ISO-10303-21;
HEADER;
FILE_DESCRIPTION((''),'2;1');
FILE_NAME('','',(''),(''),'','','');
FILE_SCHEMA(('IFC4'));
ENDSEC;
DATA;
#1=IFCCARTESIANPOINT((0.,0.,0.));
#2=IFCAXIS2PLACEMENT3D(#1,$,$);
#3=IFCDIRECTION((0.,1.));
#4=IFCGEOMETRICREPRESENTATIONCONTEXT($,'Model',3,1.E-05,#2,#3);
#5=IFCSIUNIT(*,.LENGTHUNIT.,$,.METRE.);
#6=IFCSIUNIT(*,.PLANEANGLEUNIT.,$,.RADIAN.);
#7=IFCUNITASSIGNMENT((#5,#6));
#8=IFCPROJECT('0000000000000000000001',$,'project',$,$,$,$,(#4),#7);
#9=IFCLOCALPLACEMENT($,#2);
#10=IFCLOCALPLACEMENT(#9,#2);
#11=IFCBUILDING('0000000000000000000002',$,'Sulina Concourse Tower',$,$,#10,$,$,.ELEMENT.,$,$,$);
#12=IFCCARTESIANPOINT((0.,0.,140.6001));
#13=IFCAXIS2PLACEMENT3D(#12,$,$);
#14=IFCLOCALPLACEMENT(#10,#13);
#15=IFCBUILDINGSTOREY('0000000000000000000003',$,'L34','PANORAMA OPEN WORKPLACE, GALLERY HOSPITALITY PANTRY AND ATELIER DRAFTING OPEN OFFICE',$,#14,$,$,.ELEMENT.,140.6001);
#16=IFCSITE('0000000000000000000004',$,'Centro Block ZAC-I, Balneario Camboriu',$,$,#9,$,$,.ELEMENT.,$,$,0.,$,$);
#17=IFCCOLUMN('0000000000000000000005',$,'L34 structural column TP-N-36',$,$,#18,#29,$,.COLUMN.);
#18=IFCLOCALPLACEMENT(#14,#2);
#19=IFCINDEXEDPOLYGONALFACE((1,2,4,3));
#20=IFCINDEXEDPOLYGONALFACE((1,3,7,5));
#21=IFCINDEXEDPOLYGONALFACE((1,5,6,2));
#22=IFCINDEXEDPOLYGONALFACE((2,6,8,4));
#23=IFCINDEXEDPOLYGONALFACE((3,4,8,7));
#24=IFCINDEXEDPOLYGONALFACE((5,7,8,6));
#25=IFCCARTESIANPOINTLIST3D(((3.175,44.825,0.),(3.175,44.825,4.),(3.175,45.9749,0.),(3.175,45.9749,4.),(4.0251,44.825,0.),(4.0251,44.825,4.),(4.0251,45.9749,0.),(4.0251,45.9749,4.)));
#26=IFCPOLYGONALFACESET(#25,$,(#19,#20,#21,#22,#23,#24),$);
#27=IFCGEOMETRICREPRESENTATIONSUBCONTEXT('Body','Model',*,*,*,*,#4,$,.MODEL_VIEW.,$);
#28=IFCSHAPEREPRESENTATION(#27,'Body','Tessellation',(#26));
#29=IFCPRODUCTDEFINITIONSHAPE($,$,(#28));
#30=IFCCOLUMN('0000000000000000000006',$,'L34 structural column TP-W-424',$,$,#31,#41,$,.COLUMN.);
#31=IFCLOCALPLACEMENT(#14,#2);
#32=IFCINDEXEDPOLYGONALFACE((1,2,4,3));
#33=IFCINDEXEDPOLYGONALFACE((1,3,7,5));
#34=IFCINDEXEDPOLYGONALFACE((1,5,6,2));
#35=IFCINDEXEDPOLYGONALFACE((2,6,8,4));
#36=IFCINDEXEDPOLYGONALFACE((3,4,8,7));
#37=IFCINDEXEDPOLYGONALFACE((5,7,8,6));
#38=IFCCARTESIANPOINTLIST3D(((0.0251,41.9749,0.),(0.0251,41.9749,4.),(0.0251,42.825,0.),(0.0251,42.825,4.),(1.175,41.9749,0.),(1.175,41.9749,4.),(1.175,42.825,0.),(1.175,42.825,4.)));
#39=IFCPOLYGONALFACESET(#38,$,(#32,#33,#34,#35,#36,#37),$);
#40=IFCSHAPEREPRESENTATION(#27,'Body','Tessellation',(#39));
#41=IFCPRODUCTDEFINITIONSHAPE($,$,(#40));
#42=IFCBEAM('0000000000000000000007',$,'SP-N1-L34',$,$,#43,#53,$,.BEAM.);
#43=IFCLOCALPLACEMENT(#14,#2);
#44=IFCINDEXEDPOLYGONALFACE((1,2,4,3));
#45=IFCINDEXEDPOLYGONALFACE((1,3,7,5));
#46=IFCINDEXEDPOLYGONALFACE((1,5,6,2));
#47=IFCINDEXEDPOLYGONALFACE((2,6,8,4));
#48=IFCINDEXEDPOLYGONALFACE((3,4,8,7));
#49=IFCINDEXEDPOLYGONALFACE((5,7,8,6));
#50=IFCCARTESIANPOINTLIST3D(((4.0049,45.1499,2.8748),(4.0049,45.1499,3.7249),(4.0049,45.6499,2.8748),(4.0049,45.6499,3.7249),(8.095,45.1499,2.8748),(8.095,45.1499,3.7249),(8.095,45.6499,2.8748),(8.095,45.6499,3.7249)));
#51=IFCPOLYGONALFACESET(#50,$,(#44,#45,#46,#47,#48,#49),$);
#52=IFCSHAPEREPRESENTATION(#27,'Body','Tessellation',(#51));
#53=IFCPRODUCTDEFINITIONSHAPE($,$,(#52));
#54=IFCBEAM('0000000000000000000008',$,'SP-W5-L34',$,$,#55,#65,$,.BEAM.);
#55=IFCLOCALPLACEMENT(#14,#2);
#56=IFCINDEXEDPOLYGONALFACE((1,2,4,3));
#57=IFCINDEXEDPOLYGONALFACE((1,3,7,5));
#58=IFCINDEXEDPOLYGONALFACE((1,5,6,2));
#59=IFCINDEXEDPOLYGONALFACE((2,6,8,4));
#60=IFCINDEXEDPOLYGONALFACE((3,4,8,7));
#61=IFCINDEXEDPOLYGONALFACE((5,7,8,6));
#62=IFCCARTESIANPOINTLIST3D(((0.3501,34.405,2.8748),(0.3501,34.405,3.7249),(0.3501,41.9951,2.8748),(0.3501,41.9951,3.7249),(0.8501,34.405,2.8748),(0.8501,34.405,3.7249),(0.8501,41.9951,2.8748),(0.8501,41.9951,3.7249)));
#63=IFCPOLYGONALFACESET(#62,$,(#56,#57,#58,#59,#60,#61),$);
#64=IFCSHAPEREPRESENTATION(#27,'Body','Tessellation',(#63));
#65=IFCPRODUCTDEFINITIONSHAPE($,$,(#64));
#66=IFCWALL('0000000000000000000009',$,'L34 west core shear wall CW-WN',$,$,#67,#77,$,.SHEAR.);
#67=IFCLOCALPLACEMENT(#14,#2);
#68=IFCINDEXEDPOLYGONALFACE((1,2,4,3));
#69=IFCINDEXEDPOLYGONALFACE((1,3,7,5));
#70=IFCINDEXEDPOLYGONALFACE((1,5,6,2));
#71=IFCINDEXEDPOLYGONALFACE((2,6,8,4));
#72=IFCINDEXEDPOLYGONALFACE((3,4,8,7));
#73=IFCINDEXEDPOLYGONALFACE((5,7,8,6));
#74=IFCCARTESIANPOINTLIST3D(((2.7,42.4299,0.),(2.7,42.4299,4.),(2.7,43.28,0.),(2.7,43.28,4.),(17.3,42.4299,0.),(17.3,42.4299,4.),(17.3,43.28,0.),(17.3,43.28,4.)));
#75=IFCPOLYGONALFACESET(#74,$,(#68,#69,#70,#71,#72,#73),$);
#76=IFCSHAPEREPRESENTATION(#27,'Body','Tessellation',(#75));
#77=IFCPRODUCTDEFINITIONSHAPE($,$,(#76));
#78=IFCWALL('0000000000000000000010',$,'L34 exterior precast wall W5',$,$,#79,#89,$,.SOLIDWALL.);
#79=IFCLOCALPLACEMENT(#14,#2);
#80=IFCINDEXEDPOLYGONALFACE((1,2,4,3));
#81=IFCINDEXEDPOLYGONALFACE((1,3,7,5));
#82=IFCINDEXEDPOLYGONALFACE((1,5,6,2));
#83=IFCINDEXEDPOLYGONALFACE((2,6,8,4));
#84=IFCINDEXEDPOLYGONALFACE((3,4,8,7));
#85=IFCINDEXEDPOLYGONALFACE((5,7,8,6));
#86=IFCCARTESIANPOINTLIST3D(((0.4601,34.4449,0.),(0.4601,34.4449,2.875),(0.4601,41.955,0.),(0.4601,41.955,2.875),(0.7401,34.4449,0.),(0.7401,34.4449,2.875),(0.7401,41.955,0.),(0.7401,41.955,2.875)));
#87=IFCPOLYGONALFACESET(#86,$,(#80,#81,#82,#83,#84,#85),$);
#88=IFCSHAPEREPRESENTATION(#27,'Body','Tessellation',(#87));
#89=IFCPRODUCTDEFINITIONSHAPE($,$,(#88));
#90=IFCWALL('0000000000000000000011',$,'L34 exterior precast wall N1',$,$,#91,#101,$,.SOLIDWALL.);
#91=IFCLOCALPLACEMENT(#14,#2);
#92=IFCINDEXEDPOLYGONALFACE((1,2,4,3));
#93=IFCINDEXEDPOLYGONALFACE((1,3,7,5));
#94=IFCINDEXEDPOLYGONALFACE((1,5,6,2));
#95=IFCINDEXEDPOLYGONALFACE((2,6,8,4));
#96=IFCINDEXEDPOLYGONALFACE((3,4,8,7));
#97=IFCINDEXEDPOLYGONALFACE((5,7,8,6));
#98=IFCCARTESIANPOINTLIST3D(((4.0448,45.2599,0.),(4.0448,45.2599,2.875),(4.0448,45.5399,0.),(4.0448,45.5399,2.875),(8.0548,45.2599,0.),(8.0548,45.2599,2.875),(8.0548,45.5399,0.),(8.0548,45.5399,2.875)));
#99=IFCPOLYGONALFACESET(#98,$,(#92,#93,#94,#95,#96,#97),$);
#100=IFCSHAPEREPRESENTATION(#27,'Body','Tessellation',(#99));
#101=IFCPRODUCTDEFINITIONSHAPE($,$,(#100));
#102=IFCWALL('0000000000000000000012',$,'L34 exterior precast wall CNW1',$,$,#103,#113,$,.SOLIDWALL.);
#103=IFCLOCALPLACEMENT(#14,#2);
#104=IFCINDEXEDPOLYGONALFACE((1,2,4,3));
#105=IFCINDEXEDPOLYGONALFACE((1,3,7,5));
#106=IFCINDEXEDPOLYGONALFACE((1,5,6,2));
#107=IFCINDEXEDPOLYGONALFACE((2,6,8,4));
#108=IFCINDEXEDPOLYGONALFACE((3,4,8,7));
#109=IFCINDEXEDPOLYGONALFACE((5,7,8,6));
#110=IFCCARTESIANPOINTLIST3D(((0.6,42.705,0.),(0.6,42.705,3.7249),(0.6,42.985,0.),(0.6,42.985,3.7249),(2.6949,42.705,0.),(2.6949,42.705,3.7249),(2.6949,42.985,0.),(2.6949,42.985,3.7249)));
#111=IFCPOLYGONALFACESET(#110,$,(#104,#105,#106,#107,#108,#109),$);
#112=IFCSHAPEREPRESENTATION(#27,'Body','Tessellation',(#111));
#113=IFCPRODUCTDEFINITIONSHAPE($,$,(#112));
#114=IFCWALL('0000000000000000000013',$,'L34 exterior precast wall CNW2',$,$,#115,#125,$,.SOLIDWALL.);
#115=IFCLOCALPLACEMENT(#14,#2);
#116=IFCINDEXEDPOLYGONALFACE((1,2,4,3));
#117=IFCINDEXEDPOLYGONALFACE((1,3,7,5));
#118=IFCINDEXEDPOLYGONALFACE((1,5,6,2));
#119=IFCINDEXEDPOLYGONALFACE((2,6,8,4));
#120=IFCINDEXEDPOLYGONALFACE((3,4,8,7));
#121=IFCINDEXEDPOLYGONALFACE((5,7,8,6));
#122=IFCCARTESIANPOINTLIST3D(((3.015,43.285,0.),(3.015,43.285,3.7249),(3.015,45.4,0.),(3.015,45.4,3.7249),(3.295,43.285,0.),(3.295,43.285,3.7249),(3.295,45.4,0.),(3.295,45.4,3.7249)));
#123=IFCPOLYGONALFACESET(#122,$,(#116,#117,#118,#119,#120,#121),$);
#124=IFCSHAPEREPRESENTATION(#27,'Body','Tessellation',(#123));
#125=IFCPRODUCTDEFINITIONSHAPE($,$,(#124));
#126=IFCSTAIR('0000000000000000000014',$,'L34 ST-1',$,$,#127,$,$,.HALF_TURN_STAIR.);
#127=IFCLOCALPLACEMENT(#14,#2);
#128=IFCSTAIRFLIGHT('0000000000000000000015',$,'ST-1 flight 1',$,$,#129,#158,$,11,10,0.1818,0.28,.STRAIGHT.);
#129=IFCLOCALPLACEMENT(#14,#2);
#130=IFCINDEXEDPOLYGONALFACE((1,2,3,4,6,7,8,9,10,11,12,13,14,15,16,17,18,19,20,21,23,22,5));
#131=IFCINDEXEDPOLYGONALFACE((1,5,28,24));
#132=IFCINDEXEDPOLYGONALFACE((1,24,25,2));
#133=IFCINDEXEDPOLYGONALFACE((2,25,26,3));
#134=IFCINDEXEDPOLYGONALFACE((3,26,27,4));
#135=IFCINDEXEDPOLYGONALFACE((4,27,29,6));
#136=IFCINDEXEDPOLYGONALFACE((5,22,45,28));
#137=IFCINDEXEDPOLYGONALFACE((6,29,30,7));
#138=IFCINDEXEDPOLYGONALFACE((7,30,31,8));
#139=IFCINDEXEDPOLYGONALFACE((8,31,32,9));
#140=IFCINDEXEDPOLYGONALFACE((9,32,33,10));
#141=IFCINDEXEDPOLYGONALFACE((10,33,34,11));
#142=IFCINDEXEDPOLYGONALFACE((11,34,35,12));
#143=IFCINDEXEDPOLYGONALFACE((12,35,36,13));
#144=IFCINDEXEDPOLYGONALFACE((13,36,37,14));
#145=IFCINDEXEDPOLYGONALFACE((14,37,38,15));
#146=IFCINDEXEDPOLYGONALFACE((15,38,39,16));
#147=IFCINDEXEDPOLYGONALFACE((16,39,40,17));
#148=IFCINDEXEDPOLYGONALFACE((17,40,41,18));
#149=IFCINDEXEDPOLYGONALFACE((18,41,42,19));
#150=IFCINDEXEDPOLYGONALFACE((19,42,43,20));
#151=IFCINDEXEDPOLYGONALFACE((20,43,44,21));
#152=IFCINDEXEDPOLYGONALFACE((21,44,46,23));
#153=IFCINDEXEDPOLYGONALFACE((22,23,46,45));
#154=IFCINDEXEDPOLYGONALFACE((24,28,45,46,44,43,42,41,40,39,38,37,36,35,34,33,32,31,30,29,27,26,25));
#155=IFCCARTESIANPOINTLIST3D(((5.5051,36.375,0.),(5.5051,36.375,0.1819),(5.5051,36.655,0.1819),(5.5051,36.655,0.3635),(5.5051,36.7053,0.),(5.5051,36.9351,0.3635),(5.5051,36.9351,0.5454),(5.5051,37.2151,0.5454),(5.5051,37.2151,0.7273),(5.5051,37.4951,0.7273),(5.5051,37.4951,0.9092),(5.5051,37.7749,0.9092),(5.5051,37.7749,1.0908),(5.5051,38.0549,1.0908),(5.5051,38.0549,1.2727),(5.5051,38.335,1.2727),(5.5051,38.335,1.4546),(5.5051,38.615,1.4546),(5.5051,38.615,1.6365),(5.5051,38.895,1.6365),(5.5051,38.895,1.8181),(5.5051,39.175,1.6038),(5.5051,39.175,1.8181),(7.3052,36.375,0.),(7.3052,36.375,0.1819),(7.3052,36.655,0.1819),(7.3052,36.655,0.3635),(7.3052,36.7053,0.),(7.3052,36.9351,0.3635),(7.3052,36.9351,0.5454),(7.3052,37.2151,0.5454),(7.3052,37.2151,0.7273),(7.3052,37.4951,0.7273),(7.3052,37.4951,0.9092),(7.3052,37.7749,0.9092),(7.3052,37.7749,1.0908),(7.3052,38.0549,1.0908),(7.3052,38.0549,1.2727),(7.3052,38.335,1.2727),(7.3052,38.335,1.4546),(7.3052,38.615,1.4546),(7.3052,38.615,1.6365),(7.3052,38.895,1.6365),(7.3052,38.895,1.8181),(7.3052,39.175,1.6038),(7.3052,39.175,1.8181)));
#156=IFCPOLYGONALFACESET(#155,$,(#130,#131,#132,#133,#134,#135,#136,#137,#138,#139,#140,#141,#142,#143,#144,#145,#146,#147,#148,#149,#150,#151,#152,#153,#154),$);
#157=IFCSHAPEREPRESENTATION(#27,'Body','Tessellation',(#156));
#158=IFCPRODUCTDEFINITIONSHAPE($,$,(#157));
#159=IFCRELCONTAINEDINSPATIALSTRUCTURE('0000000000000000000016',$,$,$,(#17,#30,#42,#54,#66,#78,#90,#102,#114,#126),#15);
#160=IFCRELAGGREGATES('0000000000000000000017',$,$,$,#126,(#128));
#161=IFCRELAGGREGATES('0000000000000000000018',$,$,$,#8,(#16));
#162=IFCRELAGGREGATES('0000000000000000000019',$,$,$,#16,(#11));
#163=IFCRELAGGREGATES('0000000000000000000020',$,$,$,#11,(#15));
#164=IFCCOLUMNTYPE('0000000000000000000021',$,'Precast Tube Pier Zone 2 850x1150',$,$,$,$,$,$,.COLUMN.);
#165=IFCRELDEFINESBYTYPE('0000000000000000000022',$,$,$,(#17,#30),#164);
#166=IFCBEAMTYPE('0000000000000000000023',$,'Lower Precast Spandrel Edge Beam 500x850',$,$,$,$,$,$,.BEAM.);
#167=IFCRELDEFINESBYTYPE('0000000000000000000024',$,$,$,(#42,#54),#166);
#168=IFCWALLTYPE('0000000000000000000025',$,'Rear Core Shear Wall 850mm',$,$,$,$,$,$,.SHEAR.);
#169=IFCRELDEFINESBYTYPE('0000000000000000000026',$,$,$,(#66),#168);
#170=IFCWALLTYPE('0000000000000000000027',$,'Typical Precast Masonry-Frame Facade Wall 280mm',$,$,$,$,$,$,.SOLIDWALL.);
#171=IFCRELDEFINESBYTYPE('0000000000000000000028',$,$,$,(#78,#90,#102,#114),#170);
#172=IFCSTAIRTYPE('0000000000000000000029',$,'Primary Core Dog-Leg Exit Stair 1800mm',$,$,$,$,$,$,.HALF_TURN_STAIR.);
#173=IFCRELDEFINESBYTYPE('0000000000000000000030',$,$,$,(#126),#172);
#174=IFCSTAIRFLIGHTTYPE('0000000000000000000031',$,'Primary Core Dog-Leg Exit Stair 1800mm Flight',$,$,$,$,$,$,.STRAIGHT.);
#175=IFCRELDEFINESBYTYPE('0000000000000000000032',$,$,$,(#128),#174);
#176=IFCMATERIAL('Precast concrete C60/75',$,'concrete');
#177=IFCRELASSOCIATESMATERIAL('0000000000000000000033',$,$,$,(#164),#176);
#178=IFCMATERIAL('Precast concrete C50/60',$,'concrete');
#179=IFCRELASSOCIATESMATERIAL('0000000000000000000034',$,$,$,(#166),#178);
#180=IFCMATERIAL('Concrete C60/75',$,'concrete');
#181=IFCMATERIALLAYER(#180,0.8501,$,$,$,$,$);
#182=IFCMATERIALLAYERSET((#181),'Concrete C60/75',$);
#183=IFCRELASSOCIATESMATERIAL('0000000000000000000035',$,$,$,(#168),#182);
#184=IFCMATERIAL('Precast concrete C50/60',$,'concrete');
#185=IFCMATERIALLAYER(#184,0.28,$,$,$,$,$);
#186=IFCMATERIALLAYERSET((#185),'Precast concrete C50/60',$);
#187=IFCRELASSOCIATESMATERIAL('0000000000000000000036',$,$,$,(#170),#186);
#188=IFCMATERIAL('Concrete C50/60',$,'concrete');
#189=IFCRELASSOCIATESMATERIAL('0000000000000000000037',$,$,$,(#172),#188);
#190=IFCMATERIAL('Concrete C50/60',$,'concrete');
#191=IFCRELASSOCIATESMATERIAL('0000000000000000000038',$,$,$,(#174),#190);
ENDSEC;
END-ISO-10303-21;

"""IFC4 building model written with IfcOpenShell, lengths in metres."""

from ifc_helpers import new_model, si_unit, direction, frame, frame_2d, origin, origin_2d, place, context, subcontext, project, spatial, polyline, rectangle, outline, extrude, material, layer, layer_set, material_profile, profile_set, type_object, element, aggregate, save


model = new_model("IFC4")

# Units and contexts
model_context = context("Model", 3, precision=1e-05, world=origin(), true_north=direction((0.0, 1.0)))
body_context = subcontext(model_context, "Body", "Model", "MODEL_VIEW")
ifc_project = project(units=[si_unit("LENGTHUNIT", "METRE"), si_unit("PLANEANGLEUNIT", "RADIAN")], contexts=[model_context])

# Site, building, storey
site_placement = place(None, origin())
site = spatial("IfcSite", under=ifc_project, at=site_placement, Name="Centro Block ZAC-I, Balneario Camboriu", CompositionType="ELEMENT", RefElevation=0.0)
building_placement = place(site_placement, origin())
building = spatial("IfcBuilding", under=site, at=building_placement, Name="Sulina Concourse Tower", CompositionType="ELEMENT")
storey_placement = place(building_placement, frame((0.0, 0.0, 140.6001)))
storey = spatial("IfcBuildingStorey", under=building, at=storey_placement, Name="L34", Description="PANORAMA OPEN WORKPLACE, GALLERY HOSPITALITY PANTRY AND ATELIER DRAFTING OPEN OFFICE", CompositionType="ELEMENT", Elevation=140.6001)

# Columns
ifc_material_1 = material(Name="Precast concrete C60/75", Category="concrete")
ifc_material_profile_1 = material_profile(ifc_material_1, rectangle(XDim=0.8501, YDim=1.1499, at=origin_2d()), Name="PC 850x1150")
ifc_profile_set_1 = profile_set([ifc_material_profile_1], Name="Precast concrete C60/75")
column_type = type_object("IfcColumnType", Name="Precast Tube Pier Zone 2 850x1150", PredefinedType="COLUMN", material=ifc_profile_set_1)
for number, where, z_axis, x_axis, name in (
    (1, (3.6001, 45.3999, 0.0), (0.0, 0.0, 1.0), (1.0, 0.0, 0.0), "L34 structural column TP-N-36"),
    (2, (0.6001, 42.3999, 0.0), (0.0, 0.0, 1.0), (0.0, 1.0, 0.0), "L34 structural column TP-W-424"),
):
    element("IfcColumn", number, at=place(storey_placement, frame(where, z_axis=z_axis, x_axis=x_axis)), inside=storey, type_object=column_type, Name=name, PredefinedType="COLUMN", context=body_context, shape_type="SweptSolid", body=[
        extrude(rectangle(XDim=0.8501, YDim=1.1499, at=origin_2d()), origin(), (0.0, 0.0, 1.0), 4.0),
    ])

# Beams
ifc_material_2 = material(Name="Precast concrete C50/60", Category="concrete")
ifc_material_profile_2 = material_profile(ifc_material_2, rectangle(XDim=0.5, YDim=0.8501, at=origin_2d()), Name="RC 500x850")
ifc_profile_set_2 = profile_set([ifc_material_profile_2], Name="Precast concrete C50/60")
beam_type = type_object("IfcBeamType", Name="Lower Precast Spandrel Edge Beam 500x850", PredefinedType="BEAM", material=ifc_profile_set_2)
beam_1_placement = place(storey_placement, frame((4.0049, 45.3999, 3.2998), z_axis=(1.0, 0.0, 0.0), x_axis=(0.0, 1.0, 0.0)))
element("IfcBeam", 3, at=beam_1_placement, inside=storey, type_object=beam_type, Name="SP-N1-L34", PredefinedType="BEAM", context=body_context, shape_type="SweptSolid", body=[
    extrude(rectangle(XDim=0.5, YDim=0.8501, at=origin_2d()), origin(), (0.0, 0.0, 1.0), 4.0901),
])
beam_2_placement = place(storey_placement, frame((0.6001, 34.405, 3.2998), z_axis=(0.0, 1.0, 0.0), x_axis=(-1.0, 0.0, 0.0)))
element("IfcBeam", 4, at=beam_2_placement, inside=storey, type_object=beam_type, Name="SP-W5-L34", PredefinedType="BEAM", context=body_context, shape_type="SweptSolid", body=[
    extrude(rectangle(XDim=0.5, YDim=0.8501, at=origin_2d()), origin(), (0.0, 0.0, 1.0), 7.5901),
])

# Walls
ifc_material_3 = material(Name="Concrete C60/75", Category="concrete")
ifc_layer_1 = layer(ifc_material_3, 0.8501)
ifc_layer_set_1 = layer_set([ifc_layer_1], Name="Concrete C60/75")
wall_type_1 = type_object("IfcWallType", Name="Rear Core Shear Wall 850mm", PredefinedType="SHEAR", material=ifc_layer_set_1)
wall_1_placement = place(storey_placement, frame((2.7, 42.855, 0.0), z_axis=(0.0, 0.0, 1.0), x_axis=(1.0, 0.0, 0.0)))
element("IfcWall", 5, at=wall_1_placement, inside=storey, type_object=wall_type_1, Name="L34 west core shear wall CW-WN", PredefinedType="SHEAR", context=body_context, shape_type="SweptSolid", body=[
    extrude(rectangle(XDim=14.6001, YDim=0.8501, at=frame_2d((7.3, 0.0))), origin(), (0.0, 0.0, 1.0), 4.0),
])
ifc_material_4 = material(Name="Precast concrete C50/60", Category="concrete")
ifc_layer_2 = layer(ifc_material_4, 0.28)
ifc_layer_set_2 = layer_set([ifc_layer_2], Name="Precast concrete C50/60")
wall_type_2 = type_object("IfcWallType", Name="Typical Precast Masonry-Frame Facade Wall 280mm", PredefinedType="SOLIDWALL", material=ifc_layer_set_2)
wall_2_placement = place(storey_placement, frame((0.6001, 34.4451, 0.0), z_axis=(0.0, 0.0, 1.0), x_axis=(0.0, 1.0, 0.0)))
element("IfcWall", 6, at=wall_2_placement, inside=storey, type_object=wall_type_2, Name="L34 exterior precast wall W5", PredefinedType="SOLIDWALL", context=body_context, shape_type="SweptSolid", body=[
    extrude(rectangle(XDim=7.51, YDim=0.28, at=frame_2d((3.7549, 0.0))), origin(), (0.0, 0.0, 1.0), 2.875),
])
wall_3_placement = place(storey_placement, frame((4.0449, 45.3999, 0.0), z_axis=(0.0, 0.0, 1.0), x_axis=(1.0, 0.0, 0.0)))
element("IfcWall", 7, at=wall_3_placement, inside=storey, type_object=wall_type_2, Name="L34 exterior precast wall N1", PredefinedType="SOLIDWALL", context=body_context, shape_type="SweptSolid", body=[
    extrude(rectangle(XDim=4.01, YDim=0.28, at=frame_2d((2.0049, 0.0))), origin(), (0.0, 0.0, 1.0), 2.875),
])
wall_4_placement = place(storey_placement, frame((0.6001, 42.845, 0.0), z_axis=(0.0, 0.0, 1.0), x_axis=(1.0, 0.0, 0.0)))
element("IfcWall", 8, at=wall_4_placement, inside=storey, type_object=wall_type_2, Name="L34 exterior precast wall CNW1", PredefinedType="SOLIDWALL", context=body_context, shape_type="SweptSolid", body=[
    extrude(rectangle(XDim=2.095, YDim=0.28, at=frame_2d((1.0474, 0.0))), origin(), (0.0, 0.0, 1.0), 3.7249),
])
wall_5_placement = place(storey_placement, frame((3.155, 43.2849, 0.0), z_axis=(0.0, 0.0, 1.0), x_axis=(0.0, 1.0, 0.0)))
element("IfcWall", 9, at=wall_5_placement, inside=storey, type_object=wall_type_2, Name="L34 exterior precast wall CNW2", PredefinedType="SOLIDWALL", context=body_context, shape_type="SweptSolid", body=[
    extrude(rectangle(XDim=2.115, YDim=0.28, at=frame_2d((1.0576, 0.0))), origin(), (0.0, 0.0, 1.0), 3.7249),
])

# Stair, stair flight
ifc_material_5 = material(Name="Concrete C50/60", Category="concrete")
stair_type = type_object("IfcStairType", Name="Primary Core Dog-Leg Exit Stair 1800mm", PredefinedType="HALF_TURN_STAIR", material=ifc_material_5)
stair_placement = place(storey_placement, origin())
stair = element("IfcStair", 10, at=stair_placement, inside=storey, type_object=stair_type, Name="L34 ST-1", PredefinedType="HALF_TURN_STAIR")
ifc_material_6 = material(Name="Concrete C50/60", Category="concrete")
stair_flight_type = type_object("IfcStairFlightType", Name="Primary Core Dog-Leg Exit Stair 1800mm Flight", PredefinedType="STRAIGHT", material=ifc_material_6)
stair_flight_1_placement = place(storey_placement, frame((6.405, 36.375, 0.0), z_axis=(0.0, 0.0, 1.0), x_axis=(0.0, 1.0, 0.0)))
stair_flight_1 = element("IfcStairFlight", 11, at=stair_flight_1_placement, type_object=stair_flight_type, Name="ST-1 flight 1", NumberOfRisers=11, NumberOfTreads=10, PredefinedType="STRAIGHT", RiserHeight=0.1818, TreadLength=0.28, context=body_context, shape_type="SweptSolid", body=[
    extrude(outline(polyline([(0.0, 0.0), (0.0, 0.1819), (0.28, 0.1819), (0.28, 0.3635), (0.5601, 0.3635), (0.5601, 0.5454), (0.8401, 0.5454), (0.8401, 0.7273), (1.1201, 0.7273), (1.1201, 0.9092), (1.3999, 0.9092), (1.3999, 1.0908), (1.6799, 1.0908), (1.6799, 1.2727), (1.96, 1.2727), (1.96, 1.4546), (2.24, 1.4546), (2.24, 1.6365), (2.52, 1.6365), (2.52, 1.8181), (2.8, 1.8181), (2.8, 2.0), (2.8, 1.6038), (0.3303, 0.0), (0.0, 0.0)])), frame((0.0, 0.8999, 0.0), z_axis=(0.0, -1.0, 0.0), x_axis=(1.0, 0.0, 0.0)), (0.0, 0.0, 1.0), 1.8),
])
aggregate(stair, [stair_flight_1])

save(model, "model.ifc")
